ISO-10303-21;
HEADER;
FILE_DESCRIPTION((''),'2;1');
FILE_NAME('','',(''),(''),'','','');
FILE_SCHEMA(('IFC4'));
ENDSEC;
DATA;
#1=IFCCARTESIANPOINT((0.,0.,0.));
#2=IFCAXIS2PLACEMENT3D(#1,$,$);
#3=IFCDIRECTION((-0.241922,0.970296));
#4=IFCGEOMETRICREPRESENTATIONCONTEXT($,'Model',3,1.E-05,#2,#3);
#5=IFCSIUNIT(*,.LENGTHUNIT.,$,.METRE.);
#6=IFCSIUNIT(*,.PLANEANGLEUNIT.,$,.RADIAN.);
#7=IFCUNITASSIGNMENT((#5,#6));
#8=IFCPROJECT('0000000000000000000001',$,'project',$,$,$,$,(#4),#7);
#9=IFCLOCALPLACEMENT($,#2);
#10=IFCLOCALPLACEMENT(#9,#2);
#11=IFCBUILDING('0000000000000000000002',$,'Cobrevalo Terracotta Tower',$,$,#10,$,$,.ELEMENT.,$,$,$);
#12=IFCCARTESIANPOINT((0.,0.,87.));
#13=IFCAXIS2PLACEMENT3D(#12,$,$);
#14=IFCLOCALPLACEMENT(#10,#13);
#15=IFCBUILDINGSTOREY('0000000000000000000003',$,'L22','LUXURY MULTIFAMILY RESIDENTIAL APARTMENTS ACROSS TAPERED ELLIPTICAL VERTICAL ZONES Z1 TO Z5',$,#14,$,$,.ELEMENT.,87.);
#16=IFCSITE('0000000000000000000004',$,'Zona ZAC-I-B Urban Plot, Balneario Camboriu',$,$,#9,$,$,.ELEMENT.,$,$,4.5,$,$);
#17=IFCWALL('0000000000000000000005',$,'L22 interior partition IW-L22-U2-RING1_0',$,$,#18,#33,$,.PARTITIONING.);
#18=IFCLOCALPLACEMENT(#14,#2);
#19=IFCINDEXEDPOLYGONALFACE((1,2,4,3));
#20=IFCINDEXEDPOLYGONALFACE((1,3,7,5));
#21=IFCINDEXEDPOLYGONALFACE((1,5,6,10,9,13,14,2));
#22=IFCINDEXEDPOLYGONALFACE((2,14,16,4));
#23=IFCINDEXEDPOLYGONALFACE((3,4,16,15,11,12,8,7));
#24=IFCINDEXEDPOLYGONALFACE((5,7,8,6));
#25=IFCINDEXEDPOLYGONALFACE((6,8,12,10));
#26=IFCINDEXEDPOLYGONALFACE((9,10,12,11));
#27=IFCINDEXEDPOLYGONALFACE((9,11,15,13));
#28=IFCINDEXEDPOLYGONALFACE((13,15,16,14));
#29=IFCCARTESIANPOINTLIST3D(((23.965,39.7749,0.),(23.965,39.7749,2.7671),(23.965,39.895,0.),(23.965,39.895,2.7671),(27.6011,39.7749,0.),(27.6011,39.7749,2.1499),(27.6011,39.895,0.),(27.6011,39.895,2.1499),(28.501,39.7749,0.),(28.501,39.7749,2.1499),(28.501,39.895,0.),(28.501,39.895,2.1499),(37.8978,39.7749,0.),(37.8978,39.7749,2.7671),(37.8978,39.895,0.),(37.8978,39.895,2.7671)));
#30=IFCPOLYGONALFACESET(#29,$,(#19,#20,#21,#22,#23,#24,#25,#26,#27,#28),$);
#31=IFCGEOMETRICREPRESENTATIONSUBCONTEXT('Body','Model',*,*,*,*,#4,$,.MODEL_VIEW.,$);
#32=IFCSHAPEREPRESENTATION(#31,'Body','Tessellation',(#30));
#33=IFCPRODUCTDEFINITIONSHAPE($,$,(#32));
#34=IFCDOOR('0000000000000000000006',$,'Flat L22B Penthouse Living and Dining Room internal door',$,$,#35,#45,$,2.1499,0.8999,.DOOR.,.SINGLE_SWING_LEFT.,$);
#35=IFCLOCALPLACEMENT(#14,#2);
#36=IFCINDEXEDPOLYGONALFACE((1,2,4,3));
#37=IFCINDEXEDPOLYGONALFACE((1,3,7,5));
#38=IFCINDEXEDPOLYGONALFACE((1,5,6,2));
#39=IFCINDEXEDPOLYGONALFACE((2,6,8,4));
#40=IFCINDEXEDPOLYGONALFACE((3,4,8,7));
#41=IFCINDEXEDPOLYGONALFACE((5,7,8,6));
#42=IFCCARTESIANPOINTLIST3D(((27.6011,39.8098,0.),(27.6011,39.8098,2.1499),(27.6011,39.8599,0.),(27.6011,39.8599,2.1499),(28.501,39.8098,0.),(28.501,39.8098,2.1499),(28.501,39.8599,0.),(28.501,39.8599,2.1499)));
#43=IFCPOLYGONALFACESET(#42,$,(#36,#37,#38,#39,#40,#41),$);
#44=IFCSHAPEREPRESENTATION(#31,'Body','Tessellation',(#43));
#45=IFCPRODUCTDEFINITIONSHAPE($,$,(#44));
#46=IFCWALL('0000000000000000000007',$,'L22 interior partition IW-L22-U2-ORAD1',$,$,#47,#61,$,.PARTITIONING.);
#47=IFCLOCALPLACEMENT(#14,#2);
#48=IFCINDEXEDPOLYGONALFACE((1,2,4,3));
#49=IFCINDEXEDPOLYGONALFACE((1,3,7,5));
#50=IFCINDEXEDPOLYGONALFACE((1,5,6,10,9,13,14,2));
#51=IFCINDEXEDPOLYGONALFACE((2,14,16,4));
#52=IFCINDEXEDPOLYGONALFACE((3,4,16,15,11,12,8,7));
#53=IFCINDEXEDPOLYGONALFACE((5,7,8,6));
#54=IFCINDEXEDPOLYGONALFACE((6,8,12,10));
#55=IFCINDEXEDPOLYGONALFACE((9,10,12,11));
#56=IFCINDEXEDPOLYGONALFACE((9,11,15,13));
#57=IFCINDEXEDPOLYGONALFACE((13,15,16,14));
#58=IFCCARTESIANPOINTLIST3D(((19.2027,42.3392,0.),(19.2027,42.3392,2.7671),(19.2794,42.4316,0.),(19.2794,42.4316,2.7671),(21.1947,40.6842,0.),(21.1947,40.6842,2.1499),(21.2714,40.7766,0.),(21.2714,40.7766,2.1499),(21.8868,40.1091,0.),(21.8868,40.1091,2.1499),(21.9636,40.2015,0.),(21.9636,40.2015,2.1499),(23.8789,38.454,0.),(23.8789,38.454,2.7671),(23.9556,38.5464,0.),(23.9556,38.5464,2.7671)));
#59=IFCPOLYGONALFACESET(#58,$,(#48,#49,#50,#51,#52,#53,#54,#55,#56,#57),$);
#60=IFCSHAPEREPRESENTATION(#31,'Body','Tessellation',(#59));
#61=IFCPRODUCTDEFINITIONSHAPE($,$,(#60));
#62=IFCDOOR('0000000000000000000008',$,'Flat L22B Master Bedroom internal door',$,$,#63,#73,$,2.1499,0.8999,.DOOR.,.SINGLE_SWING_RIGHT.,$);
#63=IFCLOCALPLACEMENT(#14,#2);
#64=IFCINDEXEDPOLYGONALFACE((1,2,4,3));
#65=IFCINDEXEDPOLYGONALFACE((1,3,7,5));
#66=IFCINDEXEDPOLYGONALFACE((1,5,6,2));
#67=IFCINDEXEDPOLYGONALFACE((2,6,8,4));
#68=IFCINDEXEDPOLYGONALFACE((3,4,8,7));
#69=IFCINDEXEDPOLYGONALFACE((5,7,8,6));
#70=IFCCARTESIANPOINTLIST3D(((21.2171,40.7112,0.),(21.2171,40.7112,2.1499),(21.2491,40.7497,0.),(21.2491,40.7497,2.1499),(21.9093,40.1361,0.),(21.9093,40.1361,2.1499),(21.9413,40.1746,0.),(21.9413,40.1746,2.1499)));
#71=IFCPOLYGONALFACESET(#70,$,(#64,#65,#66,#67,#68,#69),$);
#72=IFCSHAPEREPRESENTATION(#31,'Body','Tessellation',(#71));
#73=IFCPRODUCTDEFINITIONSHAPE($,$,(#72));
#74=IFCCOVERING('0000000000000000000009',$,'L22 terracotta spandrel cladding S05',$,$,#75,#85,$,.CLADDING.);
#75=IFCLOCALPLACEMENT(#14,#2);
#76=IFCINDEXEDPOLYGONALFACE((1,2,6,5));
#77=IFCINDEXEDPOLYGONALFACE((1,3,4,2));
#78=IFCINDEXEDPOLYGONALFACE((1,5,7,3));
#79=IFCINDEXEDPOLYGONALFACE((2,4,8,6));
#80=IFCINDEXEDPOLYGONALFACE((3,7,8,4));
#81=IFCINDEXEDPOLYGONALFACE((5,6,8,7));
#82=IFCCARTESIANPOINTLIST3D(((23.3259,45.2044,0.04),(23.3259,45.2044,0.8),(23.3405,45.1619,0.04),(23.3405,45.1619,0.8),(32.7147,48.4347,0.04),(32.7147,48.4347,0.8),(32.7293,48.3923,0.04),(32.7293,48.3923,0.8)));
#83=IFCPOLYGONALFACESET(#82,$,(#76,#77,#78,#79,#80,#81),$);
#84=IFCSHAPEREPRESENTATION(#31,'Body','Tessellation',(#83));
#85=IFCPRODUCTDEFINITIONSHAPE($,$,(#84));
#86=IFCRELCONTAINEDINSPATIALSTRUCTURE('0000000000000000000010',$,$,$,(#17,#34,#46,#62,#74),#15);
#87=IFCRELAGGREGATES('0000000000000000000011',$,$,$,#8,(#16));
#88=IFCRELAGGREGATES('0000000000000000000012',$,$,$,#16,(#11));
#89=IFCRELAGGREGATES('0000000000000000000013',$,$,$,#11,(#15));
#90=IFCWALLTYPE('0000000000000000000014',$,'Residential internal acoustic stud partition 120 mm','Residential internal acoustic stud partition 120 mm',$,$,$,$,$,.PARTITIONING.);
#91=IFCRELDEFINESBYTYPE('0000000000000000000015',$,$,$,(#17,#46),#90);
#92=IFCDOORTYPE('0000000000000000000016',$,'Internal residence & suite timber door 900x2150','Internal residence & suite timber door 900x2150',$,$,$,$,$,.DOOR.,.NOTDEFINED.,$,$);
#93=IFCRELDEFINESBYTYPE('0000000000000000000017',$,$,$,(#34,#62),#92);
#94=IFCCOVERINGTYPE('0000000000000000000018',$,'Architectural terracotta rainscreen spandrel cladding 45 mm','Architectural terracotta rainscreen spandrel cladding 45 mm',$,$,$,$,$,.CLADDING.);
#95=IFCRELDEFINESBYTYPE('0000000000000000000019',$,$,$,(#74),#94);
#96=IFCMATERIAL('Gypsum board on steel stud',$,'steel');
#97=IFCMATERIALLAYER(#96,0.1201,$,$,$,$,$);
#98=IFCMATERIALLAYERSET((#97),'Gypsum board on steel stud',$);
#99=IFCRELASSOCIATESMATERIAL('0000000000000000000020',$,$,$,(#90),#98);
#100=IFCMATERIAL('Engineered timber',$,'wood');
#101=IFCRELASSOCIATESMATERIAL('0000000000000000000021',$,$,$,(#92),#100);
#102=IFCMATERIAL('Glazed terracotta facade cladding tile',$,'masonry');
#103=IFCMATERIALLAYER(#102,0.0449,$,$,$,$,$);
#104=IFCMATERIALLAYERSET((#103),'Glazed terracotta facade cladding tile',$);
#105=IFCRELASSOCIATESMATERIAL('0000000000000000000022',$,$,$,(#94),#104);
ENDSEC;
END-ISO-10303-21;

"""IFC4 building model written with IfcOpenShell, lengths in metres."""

from ifc_helpers import new_model, si_unit, direction, frame, frame_2d, origin, origin_2d, place, context, subcontext, project, spatial, rectangle, extrude, source, transform, mapped, material, layer, layer_set, type_object, element, fill, save


model = new_model("IFC4")

# Units and contexts
model_context = context("Model", 3, precision=1e-05, world=origin(), true_north=direction((-0.241922, 0.970296)))
body_context = subcontext(model_context, "Body", "Model", "MODEL_VIEW")
ifc_project = project(units=[si_unit("LENGTHUNIT", "METRE"), si_unit("PLANEANGLEUNIT", "RADIAN")], contexts=[model_context])

# Site, building, storey
site_placement = place(None, origin())
site = spatial("IfcSite", under=ifc_project, at=site_placement, Name="Zona ZAC-I-B Urban Plot, Balneario Camboriu", CompositionType="ELEMENT", RefElevation=4.5)
building_placement = place(site_placement, origin())
building = spatial("IfcBuilding", under=site, at=building_placement, Name="Cobrevalo Terracotta Tower", CompositionType="ELEMENT")
storey_placement = place(building_placement, frame((0.0, 0.0, 87.0)))
storey = spatial("IfcBuildingStorey", under=building, at=storey_placement, Name="L22", Description="LUXURY MULTIFAMILY RESIDENTIAL APARTMENTS ACROSS TAPERED ELLIPTICAL VERTICAL ZONES Z1 TO Z5", CompositionType="ELEMENT", Elevation=87.0)

# Shared definitions
ifc_material_1 = material(Name="Gypsum board on steel stud", Category="steel")

# Walls, openings, doors
ifc_layer_1 = layer(ifc_material_1, 0.1201)
ifc_layer_set_1 = layer_set([ifc_layer_1], Name="Gypsum board on steel stud")
wall_type_1 = type_object("IfcWallType", Name="Residential internal acoustic stud partition 120 mm", Description="Residential internal acoustic stud partition 120 mm", PredefinedType="PARTITIONING", material=ifc_layer_set_1)
wall_1_placement = place(storey_placement, frame((23.9651, 39.835, 0.0), z_axis=(0.0, 0.0, 1.0), x_axis=(1.0, 0.0, 0.0)))
wall_1 = element("IfcWall", 1, at=wall_1_placement, inside=storey, type_object=wall_type_1, Name="L22 interior partition IW-L22-U2-RING1_0", PredefinedType="PARTITIONING", context=body_context, shape_type="SweptSolid", body=[
    extrude(rectangle(XDim=13.9329, YDim=0.1201, at=frame_2d((6.9663, 0.0))), origin(), (0.0, 0.0, 1.0), 2.7671),
])
opening_1_placement = place(wall_1_placement, frame((3.636, 0.0, 0.0)))
opening_1 = element("IfcOpeningElement", 2, at=opening_1_placement, cuts=wall_1, PredefinedType="OPENING", context=body_context, shape_type="SweptSolid", body=[
    extrude(rectangle(XDim=0.8999, YDim=2.1499, at=frame_2d((0.45, 1.075))), frame((0.0, 0.0701, 0.0), z_axis=(0.0, -1.0, 0.0), x_axis=(1.0, 0.0, 0.0)), (0.0, 0.0, 1.0), 0.1401),
])
ifc_material_2 = material(Name="Engineered timber", Category="wood")
door_type_1 = type_object("IfcDoorType", Name="Internal residence & suite timber door 900x2150", Description="Internal residence & suite timber door 900x2150", OperationType="NOTDEFINED", PredefinedType="DOOR", material=ifc_material_2)
shared_shape_1 = source(origin(), body_context, "Body", "SweptSolid", [
    extrude(rectangle(XDim=0.8999, YDim=2.1499, at=frame_2d((0.45, 1.075))), frame((0.0, 0.0249, 0.0), z_axis=(0.0, -1.0, 0.0), x_axis=(1.0, 0.0, 0.0)), (0.0, 0.0, 1.0), 0.05),
])
door_1_placement = place(opening_1_placement, origin())
door_1 = element("IfcDoor", 3, at=door_1_placement, inside=storey, type_object=door_type_1, Name="Flat L22B Penthouse Living and Dining Room internal door", OperationType="SINGLE_SWING_LEFT", OverallHeight=2.1499, OverallWidth=0.8999, PredefinedType="DOOR", context=body_context, shape_type="MappedRepresentation", body=[
    mapped(shared_shape_1, transform((0.0, 0.0, 0.0), scale=1.0)),
])
fill(opening_1, door_1)
wall_2_placement = place(storey_placement, frame((23.9172, 38.5002, 0.0), z_axis=(0.0, 0.0, 1.0), x_axis=(-0.769162, 0.639054, 0.0)))
wall_2 = element("IfcWall", 4, at=wall_2_placement, inside=storey, type_object=wall_type_1, Name="L22 interior partition IW-L22-U2-ORAD1", PredefinedType="PARTITIONING", context=body_context, shape_type="SweptSolid", body=[
    extrude(rectangle(XDim=6.0796, YDim=0.1201, at=frame_2d((3.0398, 0.0))), origin(), (0.0, 0.0, 1.0), 2.7671),
])
opening_2_placement = place(wall_2_placement, frame((2.5898, 0.0, 0.0)))
opening_2 = element("IfcOpeningElement", 5, at=opening_2_placement, cuts=wall_2, PredefinedType="OPENING", context=body_context, shape_type="SweptSolid", body=[
    extrude(rectangle(XDim=0.8999, YDim=2.1499, at=frame_2d((0.45, 1.075))), frame((0.0, 0.0701, 0.0), z_axis=(0.0, -1.0, 0.0), x_axis=(1.0, 0.0, 0.0)), (0.0, 0.0, 1.0), 0.1401),
])
door_2_placement = place(opening_2_placement, origin())
door_2 = element("IfcDoor", 6, at=door_2_placement, inside=storey, type_object=door_type_1, Name="Flat L22B Master Bedroom internal door", OperationType="SINGLE_SWING_RIGHT", OverallHeight=2.1499, OverallWidth=0.8999, PredefinedType="DOOR", context=body_context, shape_type="MappedRepresentation", body=[
    mapped(shared_shape_1, transform((0.0, 0.0, 0.0), scale=1.0)),
])
fill(opening_2, door_2)

# Covering
ifc_material_3 = material(Name="Glazed terracotta facade cladding tile", Category="masonry")
ifc_layer_2 = layer(ifc_material_3, 0.0449)
ifc_layer_set_2 = layer_set([ifc_layer_2], Name="Glazed terracotta facade cladding tile")
covering_type = type_object("IfcCoveringType", Name="Architectural terracotta rainscreen spandrel cladding 45 mm", Description="Architectural terracotta rainscreen spandrel cladding 45 mm", PredefinedType="CLADDING", material=ifc_layer_set_2)
shared_shape_2 = source(origin(), body_context, "Body", "SweptSolid", [
    extrude(rectangle(XDim=9.929, YDim=0.0449, at=origin_2d()), origin(), (0.0, 0.0, 1.0), 0.76),
])
covering_placement = place(storey_placement, frame((28.0276, 46.7983, 0.04), z_axis=(0.0, 0.0, 1.0), x_axis=(-0.945596, -0.325342, 0.0)))
element("IfcCovering", 7, at=covering_placement, inside=storey, type_object=covering_type, Name="L22 terracotta spandrel cladding S05", PredefinedType="CLADDING", context=body_context, shape_type="MappedRepresentation", body=[
    mapped(shared_shape_2, transform((0.0, 0.0, 0.0), scale=1.0)),
])

save(model, "model.ifc")
